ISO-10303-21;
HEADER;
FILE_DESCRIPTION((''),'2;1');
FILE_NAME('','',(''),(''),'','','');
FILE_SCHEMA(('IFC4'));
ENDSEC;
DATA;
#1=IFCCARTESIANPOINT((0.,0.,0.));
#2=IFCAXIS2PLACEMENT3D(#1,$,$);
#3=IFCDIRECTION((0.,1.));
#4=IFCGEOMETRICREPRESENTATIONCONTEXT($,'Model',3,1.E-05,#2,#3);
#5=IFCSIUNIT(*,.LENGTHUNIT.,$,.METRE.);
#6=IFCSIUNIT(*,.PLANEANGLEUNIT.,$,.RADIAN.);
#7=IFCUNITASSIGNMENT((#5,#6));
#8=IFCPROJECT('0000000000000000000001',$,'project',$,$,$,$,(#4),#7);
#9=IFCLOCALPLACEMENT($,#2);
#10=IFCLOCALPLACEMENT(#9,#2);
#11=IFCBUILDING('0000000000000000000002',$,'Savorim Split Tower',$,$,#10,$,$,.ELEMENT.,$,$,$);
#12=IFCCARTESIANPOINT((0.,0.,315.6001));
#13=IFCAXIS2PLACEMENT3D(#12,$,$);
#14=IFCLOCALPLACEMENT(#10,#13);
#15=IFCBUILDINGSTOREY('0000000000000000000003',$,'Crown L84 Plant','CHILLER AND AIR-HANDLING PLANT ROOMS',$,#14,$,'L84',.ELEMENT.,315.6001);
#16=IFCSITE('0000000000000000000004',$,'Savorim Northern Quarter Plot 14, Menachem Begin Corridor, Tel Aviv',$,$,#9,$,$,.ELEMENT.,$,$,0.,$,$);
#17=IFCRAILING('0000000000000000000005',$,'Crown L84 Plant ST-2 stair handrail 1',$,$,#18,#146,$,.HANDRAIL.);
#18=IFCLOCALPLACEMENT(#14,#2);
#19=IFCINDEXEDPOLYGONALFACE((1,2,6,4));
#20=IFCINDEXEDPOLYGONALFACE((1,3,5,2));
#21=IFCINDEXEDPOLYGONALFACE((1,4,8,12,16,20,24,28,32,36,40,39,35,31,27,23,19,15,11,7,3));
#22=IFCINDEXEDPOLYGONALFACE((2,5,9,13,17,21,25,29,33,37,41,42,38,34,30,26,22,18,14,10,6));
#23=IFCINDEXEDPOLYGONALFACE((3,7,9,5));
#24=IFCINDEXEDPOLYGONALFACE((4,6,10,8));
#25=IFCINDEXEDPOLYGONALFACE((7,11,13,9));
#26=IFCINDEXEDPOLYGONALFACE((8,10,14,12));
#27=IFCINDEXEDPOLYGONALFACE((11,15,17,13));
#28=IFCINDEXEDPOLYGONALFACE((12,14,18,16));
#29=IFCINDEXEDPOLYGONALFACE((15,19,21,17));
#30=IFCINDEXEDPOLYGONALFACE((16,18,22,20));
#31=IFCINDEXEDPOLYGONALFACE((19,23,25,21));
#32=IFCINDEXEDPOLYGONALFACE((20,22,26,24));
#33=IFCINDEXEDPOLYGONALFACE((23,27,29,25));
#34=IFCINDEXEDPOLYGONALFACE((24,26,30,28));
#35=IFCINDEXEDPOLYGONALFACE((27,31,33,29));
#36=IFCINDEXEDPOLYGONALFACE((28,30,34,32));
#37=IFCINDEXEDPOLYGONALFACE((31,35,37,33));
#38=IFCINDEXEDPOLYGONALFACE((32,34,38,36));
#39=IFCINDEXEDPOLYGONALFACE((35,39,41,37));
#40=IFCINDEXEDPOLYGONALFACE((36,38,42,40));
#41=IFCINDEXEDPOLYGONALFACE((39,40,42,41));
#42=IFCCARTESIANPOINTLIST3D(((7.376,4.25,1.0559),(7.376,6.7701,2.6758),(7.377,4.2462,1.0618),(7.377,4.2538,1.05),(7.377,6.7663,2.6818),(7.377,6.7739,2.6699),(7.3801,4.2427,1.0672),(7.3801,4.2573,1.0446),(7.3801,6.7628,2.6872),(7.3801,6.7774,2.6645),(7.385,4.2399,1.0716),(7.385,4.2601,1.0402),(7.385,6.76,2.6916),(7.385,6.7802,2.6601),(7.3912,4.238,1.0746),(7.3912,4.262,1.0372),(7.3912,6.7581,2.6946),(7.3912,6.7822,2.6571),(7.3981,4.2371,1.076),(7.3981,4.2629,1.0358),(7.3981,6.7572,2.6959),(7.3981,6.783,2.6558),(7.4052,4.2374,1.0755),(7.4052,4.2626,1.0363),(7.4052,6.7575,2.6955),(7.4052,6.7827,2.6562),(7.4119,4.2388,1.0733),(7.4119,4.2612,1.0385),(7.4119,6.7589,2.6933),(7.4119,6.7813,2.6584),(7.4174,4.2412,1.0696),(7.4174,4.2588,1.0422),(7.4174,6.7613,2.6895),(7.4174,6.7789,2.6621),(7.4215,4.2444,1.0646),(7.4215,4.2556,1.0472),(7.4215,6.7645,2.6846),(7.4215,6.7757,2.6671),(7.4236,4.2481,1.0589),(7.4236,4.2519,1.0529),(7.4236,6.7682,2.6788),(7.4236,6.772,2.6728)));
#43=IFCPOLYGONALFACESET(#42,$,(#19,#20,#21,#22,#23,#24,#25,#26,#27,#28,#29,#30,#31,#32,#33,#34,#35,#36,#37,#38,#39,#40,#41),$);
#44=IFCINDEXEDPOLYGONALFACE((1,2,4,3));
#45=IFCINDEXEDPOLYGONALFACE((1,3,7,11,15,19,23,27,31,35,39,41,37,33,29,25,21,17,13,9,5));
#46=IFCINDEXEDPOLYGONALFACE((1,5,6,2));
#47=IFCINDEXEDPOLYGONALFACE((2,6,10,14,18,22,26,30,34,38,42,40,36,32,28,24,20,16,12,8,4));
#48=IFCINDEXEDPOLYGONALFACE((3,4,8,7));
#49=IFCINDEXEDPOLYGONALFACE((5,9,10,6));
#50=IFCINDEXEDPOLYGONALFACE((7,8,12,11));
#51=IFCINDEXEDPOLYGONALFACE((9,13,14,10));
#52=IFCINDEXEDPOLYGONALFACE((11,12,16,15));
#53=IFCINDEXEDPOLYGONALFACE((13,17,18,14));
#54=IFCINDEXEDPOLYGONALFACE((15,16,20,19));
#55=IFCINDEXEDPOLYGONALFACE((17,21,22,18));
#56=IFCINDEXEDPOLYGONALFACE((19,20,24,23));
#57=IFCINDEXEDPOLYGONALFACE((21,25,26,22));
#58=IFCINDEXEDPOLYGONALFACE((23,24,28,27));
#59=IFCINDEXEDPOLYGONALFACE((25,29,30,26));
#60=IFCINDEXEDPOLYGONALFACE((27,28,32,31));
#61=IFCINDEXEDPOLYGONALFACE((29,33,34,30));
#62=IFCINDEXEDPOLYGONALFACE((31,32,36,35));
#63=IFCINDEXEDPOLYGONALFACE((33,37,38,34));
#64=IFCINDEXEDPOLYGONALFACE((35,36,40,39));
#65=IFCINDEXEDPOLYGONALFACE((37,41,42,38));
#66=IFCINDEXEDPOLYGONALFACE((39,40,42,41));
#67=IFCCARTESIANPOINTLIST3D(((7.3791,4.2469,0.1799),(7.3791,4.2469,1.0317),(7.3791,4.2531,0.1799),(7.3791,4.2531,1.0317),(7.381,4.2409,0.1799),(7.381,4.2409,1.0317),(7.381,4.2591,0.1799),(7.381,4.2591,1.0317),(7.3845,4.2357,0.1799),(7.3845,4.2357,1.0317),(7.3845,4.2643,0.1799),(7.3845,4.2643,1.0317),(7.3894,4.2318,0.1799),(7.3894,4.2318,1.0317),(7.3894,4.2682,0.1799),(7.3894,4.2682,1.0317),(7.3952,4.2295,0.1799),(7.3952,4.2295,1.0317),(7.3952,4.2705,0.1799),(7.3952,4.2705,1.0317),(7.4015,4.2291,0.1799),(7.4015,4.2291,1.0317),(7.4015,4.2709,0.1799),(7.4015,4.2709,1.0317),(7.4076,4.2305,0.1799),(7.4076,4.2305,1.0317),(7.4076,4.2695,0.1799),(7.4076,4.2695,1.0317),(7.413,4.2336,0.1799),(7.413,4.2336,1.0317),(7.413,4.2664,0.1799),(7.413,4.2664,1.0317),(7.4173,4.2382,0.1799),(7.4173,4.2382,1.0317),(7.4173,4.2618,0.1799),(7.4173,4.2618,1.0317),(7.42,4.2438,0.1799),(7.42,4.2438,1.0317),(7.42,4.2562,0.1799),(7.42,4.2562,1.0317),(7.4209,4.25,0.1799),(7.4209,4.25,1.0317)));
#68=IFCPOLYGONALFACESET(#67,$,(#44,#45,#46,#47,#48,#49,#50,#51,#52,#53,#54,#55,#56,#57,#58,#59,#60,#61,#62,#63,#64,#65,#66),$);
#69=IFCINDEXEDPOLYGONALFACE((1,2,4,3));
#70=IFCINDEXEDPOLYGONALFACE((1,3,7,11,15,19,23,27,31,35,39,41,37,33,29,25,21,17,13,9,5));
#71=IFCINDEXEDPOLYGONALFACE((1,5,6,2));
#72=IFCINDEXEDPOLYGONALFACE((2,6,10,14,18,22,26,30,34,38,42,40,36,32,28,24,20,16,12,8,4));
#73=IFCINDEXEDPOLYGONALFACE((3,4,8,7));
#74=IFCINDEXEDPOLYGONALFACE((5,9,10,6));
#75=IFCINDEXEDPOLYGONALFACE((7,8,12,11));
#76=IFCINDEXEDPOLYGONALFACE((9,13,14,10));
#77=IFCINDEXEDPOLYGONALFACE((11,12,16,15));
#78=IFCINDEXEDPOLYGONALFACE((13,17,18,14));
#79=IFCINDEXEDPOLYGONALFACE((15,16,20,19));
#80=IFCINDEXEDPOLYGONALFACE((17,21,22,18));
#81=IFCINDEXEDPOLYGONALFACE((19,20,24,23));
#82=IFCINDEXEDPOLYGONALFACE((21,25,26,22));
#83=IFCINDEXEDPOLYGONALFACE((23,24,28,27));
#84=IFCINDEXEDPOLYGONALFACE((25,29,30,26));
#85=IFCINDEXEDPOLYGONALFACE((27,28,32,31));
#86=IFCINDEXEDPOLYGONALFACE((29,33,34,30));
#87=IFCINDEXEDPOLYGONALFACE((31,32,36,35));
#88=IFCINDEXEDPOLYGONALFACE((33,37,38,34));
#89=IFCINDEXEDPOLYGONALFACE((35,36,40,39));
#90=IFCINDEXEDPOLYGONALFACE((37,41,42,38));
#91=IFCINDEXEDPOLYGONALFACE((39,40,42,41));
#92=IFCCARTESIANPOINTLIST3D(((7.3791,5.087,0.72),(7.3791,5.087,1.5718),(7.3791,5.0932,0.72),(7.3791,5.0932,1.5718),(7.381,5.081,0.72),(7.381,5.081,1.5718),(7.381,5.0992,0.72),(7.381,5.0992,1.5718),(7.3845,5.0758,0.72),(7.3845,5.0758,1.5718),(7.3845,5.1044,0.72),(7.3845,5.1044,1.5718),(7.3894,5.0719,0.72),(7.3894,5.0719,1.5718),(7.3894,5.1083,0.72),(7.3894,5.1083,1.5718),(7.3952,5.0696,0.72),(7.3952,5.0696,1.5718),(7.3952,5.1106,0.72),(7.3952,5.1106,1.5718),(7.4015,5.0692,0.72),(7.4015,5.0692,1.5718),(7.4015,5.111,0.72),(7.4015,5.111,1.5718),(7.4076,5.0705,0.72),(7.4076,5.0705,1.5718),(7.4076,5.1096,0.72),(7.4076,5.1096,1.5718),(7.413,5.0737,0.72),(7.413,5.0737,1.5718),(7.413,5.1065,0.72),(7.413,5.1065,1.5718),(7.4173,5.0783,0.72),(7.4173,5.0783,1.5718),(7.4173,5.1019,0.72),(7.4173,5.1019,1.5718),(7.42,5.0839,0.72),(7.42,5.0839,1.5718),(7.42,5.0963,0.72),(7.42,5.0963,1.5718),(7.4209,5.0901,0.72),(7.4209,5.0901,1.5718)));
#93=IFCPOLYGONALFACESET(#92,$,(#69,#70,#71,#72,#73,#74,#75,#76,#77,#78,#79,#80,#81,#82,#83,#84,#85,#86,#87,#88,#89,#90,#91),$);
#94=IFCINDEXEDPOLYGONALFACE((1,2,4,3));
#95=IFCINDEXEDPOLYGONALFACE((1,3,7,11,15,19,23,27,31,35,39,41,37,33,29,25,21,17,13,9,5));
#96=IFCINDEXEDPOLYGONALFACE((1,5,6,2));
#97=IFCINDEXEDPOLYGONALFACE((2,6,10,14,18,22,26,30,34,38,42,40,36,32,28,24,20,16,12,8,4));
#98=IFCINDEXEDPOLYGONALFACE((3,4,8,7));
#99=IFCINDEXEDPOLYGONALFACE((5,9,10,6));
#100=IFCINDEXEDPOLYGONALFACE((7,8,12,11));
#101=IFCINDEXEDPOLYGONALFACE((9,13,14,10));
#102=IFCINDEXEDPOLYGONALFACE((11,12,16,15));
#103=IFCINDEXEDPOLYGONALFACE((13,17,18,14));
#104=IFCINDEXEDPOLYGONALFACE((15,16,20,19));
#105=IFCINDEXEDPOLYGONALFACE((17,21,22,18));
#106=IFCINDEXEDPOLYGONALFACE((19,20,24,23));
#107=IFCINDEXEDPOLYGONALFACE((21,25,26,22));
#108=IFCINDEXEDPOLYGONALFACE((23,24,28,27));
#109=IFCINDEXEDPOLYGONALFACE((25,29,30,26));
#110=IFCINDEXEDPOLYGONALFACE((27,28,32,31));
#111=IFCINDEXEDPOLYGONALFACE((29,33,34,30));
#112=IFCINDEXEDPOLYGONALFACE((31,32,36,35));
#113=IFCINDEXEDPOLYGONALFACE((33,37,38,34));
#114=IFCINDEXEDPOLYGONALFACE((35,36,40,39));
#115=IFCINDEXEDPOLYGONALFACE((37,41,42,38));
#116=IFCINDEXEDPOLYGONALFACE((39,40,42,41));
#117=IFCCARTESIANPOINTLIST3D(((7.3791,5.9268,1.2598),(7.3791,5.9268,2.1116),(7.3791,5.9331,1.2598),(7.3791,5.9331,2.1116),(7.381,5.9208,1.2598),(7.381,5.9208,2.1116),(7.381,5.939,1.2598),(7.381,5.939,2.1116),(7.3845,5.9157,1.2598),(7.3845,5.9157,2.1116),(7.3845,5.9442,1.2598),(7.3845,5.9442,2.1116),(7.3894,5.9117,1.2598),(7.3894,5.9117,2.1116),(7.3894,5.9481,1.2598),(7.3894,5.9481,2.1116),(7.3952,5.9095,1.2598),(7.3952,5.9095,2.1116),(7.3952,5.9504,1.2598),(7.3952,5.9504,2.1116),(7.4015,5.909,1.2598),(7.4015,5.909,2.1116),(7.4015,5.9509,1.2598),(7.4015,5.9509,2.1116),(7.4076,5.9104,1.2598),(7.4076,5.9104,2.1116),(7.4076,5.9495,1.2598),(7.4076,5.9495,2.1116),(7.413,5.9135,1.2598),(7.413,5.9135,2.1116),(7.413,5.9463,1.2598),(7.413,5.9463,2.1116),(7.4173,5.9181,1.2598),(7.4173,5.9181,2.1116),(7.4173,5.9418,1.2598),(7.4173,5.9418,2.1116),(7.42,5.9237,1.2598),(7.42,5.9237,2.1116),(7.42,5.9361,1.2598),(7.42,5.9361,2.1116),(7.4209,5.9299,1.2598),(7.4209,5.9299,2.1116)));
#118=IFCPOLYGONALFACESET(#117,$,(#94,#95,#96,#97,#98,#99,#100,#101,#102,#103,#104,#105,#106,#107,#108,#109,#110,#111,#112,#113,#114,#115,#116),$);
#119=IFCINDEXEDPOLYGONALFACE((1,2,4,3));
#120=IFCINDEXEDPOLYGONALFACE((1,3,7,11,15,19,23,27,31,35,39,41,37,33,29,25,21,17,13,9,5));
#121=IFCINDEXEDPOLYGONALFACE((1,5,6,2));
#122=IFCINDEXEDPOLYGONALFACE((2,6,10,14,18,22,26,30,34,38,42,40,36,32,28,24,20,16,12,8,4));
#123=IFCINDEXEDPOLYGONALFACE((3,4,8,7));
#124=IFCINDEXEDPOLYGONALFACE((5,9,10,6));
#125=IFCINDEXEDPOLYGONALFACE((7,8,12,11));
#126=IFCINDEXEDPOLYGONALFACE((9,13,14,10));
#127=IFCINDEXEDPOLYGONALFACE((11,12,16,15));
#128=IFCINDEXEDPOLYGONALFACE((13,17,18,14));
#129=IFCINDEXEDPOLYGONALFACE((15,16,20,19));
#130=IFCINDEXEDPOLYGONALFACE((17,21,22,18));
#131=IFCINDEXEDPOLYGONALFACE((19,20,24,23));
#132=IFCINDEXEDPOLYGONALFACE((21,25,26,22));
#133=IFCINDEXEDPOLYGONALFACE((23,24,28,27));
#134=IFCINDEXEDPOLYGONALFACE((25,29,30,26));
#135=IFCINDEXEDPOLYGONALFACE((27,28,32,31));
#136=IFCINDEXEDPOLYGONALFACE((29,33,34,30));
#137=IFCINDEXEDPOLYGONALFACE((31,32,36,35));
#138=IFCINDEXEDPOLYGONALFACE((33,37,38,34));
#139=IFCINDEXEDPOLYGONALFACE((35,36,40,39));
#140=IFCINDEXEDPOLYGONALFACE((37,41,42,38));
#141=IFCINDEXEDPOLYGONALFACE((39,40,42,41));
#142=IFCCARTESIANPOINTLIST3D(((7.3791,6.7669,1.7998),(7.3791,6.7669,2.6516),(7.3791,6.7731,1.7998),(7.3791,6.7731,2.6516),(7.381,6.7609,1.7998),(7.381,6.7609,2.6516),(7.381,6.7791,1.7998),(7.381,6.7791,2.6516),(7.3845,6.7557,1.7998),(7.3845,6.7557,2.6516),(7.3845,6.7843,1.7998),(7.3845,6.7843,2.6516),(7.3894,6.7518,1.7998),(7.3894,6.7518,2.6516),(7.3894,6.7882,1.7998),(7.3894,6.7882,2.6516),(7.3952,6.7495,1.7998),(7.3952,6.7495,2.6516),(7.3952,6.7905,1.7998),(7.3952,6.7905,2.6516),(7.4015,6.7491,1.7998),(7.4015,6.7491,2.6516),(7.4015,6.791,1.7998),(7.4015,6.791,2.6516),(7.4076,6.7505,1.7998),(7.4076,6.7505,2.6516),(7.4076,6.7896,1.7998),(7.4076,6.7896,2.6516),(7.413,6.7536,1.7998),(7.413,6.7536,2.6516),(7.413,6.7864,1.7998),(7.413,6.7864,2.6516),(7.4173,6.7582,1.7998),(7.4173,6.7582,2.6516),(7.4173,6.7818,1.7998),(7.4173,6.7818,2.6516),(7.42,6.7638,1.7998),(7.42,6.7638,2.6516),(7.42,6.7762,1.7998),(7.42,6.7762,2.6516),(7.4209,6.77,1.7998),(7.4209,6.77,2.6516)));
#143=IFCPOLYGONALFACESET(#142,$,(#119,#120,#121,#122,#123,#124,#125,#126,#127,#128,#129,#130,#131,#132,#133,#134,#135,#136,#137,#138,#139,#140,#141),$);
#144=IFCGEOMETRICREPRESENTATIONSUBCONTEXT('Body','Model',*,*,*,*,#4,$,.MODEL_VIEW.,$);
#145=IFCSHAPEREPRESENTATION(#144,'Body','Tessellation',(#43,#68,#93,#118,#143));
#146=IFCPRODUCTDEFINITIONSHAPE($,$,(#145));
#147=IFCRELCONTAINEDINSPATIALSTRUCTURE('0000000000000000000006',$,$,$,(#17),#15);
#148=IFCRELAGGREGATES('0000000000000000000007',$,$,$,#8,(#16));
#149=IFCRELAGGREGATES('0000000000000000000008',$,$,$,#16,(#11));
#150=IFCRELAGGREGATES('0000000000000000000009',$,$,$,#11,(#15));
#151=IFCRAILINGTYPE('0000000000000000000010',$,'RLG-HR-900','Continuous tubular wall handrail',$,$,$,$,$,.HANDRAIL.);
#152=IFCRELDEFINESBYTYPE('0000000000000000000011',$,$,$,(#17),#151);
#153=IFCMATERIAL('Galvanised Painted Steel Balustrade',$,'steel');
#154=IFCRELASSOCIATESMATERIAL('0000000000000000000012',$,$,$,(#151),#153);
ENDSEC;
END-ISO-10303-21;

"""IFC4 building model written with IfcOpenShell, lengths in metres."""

from ifc_helpers import new_model, si_unit, direction, frame, origin, origin_2d, place, context, subcontext, project, spatial, circle, extrude, material, type_object, element, save


model = new_model("IFC4")

# Units and contexts
model_context = context("Model", 3, precision=1e-05, world=origin(), true_north=direction((0.0, 1.0)))
body_context = subcontext(model_context, "Body", "Model", "MODEL_VIEW")
ifc_project = project(units=[si_unit("LENGTHUNIT", "METRE"), si_unit("PLANEANGLEUNIT", "RADIAN")], contexts=[model_context])

# Site, building, storey
site_placement = place(None, origin())
site = spatial("IfcSite", under=ifc_project, at=site_placement, Name="Savorim Northern Quarter Plot 14, Menachem Begin Corridor, Tel Aviv", CompositionType="ELEMENT", RefElevation=0.0)
building_placement = place(site_placement, origin())
building = spatial("IfcBuilding", under=site, at=building_placement, Name="Savorim Split Tower", CompositionType="ELEMENT")
storey_placement = place(building_placement, frame((0.0, 0.0, 315.6001)))
storey = spatial("IfcBuildingStorey", under=building, at=storey_placement, Name="Crown L84 Plant", Description="CHILLER AND AIR-HANDLING PLANT ROOMS", LongName="L84", CompositionType="ELEMENT", Elevation=315.6001)

# Railing
ifc_material_1 = material(Name="Galvanised Painted Steel Balustrade", Category="steel")
railing_type_1 = type_object("IfcRailingType", Name="RLG-HR-900", Description="Continuous tubular wall handrail", PredefinedType="HANDRAIL", material=ifc_material_1)
railing_1_placement = place(storey_placement, frame((7.3999, 4.25, 0.1799)))
element("IfcRailing", 1, at=railing_1_placement, inside=storey, type_object=railing_type_1, Name="Crown L84 Plant ST-2 stair handrail 1", PredefinedType="HANDRAIL", context=body_context, shape_type="SweptSolid", body=[
    extrude(circle(Radius=0.0239, at=origin_2d()), frame((0.0, 0.0, 0.876), z_axis=(0.0, 0.8412, 0.540725), x_axis=(-1.0, 0.0, 0.0)), (0.0, 0.0, 1.0), 2.9958),
    extrude(circle(Radius=0.021, at=origin_2d()), origin(), (0.0, 0.0, 1.0), 0.8518),
    extrude(circle(Radius=0.021, at=origin_2d()), frame((0.0, 0.8401, 0.54)), (0.0, 0.0, 1.0), 0.8518),
    extrude(circle(Radius=0.021, at=origin_2d()), frame((0.0, 1.6799, 1.0798)), (0.0, 0.0, 1.0), 0.8518),
    extrude(circle(Radius=0.021, at=origin_2d()), frame((0.0, 2.52, 1.6199)), (0.0, 0.0, 1.0), 0.8518),
])

save(model, "model.ifc")
